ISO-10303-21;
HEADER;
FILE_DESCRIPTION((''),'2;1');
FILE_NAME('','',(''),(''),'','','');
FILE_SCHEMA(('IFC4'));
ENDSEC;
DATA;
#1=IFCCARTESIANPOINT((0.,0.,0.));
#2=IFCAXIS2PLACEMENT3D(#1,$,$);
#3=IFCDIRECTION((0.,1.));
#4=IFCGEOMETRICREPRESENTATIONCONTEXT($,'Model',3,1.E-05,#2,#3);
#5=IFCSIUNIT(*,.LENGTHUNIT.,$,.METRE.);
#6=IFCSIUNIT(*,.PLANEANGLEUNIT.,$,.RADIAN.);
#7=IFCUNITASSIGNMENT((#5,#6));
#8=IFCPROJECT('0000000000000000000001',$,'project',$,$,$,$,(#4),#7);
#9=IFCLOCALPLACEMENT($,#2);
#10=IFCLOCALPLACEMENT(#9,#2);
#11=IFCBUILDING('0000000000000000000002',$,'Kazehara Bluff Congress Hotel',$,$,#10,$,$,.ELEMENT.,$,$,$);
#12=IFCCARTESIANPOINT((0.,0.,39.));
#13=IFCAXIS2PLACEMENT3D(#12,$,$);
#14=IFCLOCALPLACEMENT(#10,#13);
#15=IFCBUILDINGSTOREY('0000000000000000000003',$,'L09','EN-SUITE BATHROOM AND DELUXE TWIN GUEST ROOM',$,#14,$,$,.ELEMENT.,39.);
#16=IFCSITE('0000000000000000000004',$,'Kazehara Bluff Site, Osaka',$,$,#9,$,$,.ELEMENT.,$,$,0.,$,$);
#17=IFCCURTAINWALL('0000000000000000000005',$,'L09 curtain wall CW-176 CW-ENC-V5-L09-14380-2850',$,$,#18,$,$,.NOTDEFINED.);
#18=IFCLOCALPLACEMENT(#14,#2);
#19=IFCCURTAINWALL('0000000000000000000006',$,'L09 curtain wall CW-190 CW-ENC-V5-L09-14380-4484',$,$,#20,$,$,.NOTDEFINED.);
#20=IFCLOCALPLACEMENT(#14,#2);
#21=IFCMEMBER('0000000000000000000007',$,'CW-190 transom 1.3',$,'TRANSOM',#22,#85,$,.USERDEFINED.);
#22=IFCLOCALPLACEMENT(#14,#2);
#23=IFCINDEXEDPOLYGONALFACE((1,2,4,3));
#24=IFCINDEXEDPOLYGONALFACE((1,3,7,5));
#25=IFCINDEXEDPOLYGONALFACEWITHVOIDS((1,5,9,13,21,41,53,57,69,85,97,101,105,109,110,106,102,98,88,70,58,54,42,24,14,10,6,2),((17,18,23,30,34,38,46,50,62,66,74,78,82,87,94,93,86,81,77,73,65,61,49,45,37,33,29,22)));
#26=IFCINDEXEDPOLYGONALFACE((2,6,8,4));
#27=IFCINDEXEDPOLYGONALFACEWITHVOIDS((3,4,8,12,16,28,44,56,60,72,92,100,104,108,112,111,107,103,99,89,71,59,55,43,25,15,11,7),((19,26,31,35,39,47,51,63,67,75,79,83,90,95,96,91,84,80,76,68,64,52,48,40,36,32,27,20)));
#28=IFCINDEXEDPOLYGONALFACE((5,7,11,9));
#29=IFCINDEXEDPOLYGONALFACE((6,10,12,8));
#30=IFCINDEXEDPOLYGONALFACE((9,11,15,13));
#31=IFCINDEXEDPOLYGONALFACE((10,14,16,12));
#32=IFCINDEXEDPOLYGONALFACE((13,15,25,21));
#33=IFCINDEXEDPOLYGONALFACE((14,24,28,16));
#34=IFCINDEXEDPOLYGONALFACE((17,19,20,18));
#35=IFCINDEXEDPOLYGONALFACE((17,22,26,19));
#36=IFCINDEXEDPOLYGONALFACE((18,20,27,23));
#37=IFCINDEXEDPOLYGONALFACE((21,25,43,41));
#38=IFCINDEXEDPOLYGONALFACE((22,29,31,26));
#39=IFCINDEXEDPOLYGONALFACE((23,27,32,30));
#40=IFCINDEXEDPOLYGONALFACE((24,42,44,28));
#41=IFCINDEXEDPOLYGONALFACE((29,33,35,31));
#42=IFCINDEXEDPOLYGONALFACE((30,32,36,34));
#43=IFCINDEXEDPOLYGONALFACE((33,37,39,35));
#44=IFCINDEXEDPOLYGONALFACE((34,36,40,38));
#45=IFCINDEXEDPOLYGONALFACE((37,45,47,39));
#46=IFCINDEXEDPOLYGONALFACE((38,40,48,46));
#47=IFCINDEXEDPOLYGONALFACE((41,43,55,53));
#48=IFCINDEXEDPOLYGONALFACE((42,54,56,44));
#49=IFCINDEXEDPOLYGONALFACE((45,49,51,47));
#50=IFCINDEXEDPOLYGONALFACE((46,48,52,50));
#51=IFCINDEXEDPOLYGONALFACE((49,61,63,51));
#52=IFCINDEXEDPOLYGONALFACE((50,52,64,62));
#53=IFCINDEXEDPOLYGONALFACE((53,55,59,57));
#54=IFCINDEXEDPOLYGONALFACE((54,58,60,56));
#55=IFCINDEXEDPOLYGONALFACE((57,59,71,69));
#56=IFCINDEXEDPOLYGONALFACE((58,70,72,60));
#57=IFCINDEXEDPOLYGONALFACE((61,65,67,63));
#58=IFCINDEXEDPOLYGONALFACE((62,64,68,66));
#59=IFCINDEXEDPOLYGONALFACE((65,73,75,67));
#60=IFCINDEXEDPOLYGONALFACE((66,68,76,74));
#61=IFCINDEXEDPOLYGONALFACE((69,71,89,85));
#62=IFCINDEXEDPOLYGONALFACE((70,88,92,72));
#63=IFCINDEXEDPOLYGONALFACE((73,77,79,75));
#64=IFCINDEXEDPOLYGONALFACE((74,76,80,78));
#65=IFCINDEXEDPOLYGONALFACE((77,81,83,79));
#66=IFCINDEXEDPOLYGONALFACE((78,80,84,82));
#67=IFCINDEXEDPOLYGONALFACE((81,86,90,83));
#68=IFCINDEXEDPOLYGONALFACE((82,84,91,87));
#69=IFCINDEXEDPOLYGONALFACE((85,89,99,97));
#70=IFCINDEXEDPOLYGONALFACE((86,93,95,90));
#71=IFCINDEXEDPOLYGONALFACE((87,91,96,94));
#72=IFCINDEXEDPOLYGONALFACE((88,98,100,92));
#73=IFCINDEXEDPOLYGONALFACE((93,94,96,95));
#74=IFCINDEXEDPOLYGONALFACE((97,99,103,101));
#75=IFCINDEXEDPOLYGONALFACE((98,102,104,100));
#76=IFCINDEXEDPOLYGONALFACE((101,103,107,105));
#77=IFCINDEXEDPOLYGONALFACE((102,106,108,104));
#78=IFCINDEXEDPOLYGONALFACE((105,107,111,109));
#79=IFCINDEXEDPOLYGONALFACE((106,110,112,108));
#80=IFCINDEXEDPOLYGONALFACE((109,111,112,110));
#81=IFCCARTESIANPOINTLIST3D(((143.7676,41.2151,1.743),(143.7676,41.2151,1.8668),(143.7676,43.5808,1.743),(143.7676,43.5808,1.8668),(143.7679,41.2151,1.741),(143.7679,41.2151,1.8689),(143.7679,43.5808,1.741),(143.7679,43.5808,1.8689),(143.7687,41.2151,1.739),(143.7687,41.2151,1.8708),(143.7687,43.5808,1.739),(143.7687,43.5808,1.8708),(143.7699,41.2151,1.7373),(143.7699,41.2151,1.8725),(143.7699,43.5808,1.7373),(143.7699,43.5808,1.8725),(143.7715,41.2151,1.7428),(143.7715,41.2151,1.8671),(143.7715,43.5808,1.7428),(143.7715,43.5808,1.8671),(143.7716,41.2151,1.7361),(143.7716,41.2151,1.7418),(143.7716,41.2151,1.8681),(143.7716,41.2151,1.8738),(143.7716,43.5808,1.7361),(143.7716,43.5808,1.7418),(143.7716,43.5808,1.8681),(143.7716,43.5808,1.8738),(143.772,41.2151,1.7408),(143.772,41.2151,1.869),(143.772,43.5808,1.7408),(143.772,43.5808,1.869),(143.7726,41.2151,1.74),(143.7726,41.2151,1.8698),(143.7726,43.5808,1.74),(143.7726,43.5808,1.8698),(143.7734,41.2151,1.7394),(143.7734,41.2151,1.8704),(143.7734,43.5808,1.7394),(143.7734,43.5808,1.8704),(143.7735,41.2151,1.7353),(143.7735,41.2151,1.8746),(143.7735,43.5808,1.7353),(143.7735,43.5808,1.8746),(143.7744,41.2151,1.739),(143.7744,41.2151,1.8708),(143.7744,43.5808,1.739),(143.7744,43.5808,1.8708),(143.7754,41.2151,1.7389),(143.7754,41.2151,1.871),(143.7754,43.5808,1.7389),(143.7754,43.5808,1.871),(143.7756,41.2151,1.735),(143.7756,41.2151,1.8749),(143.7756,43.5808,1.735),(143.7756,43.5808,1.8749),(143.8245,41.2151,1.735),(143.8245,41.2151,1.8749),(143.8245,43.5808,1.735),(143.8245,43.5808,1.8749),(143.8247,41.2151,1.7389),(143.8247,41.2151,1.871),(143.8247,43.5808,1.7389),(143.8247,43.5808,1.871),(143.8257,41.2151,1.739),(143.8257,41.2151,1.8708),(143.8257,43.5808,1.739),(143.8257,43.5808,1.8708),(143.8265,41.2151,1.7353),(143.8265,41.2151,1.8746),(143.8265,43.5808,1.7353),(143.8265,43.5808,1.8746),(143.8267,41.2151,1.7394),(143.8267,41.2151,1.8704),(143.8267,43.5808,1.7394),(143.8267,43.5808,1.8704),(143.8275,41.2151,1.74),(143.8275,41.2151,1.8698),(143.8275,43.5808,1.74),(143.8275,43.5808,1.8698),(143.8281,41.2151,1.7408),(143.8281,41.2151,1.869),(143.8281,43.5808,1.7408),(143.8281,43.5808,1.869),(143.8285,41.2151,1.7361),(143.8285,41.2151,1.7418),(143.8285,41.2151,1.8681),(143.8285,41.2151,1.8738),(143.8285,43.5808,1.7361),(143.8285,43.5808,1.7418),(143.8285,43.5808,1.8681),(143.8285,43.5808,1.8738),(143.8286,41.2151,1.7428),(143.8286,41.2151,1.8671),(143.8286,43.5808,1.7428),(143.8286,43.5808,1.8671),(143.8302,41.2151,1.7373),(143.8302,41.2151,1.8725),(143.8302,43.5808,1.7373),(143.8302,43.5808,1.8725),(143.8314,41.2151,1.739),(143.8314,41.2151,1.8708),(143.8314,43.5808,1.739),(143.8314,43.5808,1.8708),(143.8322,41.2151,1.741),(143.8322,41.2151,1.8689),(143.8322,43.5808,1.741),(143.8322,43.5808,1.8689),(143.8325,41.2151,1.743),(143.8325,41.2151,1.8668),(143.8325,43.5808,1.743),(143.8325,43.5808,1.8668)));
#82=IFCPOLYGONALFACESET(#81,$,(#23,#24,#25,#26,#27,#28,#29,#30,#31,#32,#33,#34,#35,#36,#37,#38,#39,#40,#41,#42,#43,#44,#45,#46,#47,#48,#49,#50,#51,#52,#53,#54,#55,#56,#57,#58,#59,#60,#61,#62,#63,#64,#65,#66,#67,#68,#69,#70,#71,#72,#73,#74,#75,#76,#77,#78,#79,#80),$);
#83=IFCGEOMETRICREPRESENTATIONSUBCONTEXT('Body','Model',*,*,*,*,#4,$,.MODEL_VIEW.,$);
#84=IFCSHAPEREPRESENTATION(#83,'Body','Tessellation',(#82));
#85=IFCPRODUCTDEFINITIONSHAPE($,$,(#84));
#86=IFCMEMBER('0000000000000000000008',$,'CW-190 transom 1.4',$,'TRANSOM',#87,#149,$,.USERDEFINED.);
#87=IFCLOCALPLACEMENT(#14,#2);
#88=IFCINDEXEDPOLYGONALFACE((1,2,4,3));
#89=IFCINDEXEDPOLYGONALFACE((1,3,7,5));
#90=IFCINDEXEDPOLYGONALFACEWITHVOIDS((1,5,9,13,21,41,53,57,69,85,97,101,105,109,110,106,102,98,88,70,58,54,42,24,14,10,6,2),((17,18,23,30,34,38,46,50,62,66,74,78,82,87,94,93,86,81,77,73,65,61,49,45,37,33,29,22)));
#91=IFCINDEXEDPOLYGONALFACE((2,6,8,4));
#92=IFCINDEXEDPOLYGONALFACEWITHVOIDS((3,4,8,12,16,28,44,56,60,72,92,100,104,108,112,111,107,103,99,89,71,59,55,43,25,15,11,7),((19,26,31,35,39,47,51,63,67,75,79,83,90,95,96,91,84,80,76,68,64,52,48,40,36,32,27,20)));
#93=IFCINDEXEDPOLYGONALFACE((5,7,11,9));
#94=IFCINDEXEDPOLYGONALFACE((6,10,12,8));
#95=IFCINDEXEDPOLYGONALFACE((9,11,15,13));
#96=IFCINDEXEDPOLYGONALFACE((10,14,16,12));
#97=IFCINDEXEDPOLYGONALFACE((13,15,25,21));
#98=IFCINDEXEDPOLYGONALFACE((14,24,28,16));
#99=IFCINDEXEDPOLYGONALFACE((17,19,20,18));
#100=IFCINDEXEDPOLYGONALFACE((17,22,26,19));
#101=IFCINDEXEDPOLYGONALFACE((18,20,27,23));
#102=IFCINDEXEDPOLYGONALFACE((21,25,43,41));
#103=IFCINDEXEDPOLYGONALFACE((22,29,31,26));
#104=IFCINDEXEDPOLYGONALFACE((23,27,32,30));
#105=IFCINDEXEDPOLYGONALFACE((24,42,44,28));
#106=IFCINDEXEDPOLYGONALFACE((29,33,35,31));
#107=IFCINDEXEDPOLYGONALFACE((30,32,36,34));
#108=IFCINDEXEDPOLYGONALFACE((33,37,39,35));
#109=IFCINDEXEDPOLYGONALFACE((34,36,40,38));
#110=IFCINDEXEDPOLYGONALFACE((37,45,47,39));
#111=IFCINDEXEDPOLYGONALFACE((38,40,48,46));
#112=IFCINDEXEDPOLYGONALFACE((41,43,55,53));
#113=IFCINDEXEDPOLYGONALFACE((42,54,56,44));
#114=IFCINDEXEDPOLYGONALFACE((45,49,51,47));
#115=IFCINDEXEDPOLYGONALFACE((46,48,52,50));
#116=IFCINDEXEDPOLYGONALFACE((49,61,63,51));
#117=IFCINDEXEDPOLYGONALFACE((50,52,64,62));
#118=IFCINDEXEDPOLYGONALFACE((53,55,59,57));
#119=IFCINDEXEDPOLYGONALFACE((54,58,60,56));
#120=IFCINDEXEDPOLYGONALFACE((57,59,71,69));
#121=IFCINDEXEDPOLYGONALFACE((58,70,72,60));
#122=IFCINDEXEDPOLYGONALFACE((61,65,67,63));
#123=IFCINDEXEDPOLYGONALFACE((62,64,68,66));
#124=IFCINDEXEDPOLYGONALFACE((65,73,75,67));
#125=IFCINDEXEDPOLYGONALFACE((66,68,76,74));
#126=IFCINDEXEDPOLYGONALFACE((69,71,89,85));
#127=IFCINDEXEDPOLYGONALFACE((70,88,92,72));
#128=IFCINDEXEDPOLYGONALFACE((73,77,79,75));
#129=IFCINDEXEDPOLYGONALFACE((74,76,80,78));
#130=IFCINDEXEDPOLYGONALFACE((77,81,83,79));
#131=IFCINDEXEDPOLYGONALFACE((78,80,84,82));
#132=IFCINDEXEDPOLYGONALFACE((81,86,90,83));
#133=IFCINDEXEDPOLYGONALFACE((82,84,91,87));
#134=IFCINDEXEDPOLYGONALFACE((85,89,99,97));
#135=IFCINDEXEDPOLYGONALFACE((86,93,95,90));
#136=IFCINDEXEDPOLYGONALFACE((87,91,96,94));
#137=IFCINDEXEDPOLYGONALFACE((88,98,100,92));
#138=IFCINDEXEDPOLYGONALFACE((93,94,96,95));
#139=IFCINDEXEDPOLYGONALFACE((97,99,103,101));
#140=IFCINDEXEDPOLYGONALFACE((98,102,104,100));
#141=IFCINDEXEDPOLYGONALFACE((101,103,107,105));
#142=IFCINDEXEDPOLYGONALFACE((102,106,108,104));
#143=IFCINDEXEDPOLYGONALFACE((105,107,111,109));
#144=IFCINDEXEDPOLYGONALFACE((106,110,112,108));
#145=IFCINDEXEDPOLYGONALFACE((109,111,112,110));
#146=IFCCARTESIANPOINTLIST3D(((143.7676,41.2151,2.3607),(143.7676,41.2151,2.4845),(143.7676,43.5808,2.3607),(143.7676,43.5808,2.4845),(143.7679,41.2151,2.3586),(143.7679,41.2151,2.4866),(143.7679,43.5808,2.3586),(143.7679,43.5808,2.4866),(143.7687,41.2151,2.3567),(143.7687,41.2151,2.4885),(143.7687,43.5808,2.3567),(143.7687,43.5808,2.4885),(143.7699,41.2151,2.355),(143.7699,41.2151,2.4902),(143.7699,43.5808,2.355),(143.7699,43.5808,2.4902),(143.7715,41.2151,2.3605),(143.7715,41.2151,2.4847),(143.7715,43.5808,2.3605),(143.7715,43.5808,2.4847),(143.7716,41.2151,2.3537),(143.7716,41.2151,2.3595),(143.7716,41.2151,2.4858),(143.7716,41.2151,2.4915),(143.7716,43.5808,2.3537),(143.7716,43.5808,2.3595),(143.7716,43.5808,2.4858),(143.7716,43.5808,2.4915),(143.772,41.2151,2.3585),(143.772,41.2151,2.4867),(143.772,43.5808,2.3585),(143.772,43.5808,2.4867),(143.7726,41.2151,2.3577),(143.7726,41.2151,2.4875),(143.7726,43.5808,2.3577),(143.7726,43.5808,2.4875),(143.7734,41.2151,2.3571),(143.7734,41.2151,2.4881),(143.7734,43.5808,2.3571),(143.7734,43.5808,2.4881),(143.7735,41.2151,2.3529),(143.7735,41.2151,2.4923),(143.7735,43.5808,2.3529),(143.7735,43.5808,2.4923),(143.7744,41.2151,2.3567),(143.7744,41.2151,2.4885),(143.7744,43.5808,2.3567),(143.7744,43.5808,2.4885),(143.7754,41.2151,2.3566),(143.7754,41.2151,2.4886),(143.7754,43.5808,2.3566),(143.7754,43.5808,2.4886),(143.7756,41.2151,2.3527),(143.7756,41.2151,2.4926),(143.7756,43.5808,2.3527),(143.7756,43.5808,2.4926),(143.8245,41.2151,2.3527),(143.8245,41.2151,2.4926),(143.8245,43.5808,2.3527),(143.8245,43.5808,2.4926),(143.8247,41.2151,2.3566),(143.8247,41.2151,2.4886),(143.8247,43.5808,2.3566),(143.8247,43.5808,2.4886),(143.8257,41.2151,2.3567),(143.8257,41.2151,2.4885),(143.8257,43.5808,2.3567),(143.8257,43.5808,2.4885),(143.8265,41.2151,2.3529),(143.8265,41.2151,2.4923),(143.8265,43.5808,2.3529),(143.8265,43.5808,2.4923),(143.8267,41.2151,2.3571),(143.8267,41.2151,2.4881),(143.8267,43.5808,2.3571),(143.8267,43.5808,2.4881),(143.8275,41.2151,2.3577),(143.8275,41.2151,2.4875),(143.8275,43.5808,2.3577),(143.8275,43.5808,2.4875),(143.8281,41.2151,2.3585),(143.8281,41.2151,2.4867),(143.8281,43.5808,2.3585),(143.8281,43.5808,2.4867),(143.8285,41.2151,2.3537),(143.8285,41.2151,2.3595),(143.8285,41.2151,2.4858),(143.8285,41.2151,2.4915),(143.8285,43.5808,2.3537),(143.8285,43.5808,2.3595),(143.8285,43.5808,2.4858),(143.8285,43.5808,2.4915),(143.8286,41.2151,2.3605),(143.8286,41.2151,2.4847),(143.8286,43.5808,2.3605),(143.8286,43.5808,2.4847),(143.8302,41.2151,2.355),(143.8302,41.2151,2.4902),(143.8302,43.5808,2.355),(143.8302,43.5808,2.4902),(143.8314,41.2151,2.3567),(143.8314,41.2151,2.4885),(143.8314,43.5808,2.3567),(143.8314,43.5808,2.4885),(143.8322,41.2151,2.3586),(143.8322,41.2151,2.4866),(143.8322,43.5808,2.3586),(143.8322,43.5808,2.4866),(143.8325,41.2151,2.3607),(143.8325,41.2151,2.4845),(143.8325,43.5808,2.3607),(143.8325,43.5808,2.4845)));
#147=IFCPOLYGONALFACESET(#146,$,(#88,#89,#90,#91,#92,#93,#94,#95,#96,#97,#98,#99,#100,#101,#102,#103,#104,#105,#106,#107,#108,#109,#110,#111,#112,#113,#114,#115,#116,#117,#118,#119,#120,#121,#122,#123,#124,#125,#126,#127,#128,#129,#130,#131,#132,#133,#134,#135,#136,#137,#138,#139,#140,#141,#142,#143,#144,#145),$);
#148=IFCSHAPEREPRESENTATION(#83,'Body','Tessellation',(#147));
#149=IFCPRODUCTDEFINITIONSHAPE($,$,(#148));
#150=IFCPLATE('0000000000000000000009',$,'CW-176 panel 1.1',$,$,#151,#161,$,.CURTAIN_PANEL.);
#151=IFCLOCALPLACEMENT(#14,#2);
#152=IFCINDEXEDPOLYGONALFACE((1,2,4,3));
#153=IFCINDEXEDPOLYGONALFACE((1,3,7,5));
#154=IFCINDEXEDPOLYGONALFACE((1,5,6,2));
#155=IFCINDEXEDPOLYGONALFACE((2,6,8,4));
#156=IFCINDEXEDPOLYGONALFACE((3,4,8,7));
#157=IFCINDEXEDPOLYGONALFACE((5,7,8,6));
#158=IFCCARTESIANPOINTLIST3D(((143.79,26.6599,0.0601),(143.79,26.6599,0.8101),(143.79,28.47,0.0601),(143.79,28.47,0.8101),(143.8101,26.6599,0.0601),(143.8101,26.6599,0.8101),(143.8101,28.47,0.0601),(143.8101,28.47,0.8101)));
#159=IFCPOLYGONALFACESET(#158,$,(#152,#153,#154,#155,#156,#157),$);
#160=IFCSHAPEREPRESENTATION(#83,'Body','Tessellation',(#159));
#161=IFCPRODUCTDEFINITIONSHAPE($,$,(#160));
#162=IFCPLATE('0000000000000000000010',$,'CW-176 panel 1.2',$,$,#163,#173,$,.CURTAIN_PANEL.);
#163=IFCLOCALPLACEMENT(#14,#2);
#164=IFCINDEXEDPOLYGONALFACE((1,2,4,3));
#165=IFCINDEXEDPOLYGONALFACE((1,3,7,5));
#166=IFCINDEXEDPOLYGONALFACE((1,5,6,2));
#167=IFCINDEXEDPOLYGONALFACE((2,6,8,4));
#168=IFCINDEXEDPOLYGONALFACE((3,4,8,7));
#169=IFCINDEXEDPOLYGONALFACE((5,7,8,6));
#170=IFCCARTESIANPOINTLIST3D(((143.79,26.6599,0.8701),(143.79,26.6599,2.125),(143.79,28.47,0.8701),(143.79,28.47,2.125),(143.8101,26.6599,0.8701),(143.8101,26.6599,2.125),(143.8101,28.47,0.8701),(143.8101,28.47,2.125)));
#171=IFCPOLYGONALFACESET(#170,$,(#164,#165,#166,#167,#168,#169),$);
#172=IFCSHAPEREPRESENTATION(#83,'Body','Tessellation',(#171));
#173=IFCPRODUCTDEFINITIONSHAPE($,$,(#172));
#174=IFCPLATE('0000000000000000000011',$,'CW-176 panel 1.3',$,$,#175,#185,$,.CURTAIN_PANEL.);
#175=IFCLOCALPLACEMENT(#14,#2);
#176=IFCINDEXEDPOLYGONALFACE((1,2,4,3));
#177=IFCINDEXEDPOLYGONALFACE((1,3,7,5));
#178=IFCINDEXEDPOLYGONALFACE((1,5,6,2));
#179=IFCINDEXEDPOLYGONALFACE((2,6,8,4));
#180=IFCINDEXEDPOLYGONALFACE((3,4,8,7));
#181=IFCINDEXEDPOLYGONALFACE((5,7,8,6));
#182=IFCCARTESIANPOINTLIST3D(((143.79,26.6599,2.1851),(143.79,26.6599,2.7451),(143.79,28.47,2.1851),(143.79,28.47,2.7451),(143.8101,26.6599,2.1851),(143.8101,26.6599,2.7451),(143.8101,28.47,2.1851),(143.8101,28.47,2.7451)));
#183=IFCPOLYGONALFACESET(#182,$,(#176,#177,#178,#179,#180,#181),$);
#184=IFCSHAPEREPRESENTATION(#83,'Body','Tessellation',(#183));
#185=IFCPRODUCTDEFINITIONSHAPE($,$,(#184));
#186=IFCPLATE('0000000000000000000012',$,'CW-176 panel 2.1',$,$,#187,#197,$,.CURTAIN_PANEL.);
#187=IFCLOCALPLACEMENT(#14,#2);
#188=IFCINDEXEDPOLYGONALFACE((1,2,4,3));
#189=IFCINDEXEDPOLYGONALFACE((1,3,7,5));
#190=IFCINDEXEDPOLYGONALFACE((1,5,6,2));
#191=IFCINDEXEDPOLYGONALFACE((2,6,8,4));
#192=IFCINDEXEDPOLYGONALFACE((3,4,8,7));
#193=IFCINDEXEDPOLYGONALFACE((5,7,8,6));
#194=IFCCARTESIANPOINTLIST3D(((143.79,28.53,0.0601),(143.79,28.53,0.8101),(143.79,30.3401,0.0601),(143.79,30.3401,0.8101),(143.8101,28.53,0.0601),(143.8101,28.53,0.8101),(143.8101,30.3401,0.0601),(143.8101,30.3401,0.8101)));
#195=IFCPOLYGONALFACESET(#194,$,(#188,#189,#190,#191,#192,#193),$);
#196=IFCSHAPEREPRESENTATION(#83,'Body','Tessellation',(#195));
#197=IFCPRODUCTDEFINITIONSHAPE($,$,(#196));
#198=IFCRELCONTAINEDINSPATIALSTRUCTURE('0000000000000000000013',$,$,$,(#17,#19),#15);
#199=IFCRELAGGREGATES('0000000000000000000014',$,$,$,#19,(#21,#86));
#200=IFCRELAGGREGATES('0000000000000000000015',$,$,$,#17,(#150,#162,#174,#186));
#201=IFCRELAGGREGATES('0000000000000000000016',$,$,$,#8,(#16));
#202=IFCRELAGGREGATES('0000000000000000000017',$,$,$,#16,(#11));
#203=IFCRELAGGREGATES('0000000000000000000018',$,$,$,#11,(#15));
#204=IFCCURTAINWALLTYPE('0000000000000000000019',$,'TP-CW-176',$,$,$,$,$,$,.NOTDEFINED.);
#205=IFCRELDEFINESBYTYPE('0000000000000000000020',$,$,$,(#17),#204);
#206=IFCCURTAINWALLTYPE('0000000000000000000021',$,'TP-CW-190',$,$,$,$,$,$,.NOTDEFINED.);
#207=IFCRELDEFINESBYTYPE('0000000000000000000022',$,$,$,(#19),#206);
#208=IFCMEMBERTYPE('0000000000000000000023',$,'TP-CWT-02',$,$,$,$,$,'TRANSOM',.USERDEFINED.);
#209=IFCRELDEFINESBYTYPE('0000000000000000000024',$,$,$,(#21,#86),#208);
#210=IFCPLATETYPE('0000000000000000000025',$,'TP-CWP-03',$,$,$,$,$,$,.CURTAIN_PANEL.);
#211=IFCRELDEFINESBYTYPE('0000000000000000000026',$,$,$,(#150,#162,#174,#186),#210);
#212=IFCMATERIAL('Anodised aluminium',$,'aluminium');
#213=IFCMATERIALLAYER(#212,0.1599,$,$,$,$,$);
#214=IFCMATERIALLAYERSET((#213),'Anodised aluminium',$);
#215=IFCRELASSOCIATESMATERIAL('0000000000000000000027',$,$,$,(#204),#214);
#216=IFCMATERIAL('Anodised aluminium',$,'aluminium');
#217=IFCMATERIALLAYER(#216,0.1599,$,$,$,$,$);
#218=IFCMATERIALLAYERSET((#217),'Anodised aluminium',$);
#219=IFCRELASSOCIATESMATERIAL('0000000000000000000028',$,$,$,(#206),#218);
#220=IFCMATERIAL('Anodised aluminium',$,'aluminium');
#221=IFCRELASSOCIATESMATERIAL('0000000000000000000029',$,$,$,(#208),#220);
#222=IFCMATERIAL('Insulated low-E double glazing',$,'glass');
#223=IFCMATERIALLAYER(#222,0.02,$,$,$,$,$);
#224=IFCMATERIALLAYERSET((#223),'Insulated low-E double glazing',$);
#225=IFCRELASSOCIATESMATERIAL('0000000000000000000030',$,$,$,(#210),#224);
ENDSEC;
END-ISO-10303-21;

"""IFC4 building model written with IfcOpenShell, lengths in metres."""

from ifc_helpers import new_model, si_unit, direction, frame, origin, origin_2d, place, context, subcontext, project, spatial, rectangle, hollow_rectangle, extrude, material, layer, layer_set, material_profile, profile_set, type_object, element, aggregate, save


model = new_model("IFC4")

# Units and contexts
model_context = context("Model", 3, precision=1e-05, world=origin(), true_north=direction((0.0, 1.0)))
body_context = subcontext(model_context, "Body", "Model", "MODEL_VIEW")
ifc_project = project(units=[si_unit("LENGTHUNIT", "METRE"), si_unit("PLANEANGLEUNIT", "RADIAN")], contexts=[model_context])

# Site, building, storey
site_placement = place(None, origin())
site = spatial("IfcSite", under=ifc_project, at=site_placement, Name="Kazehara Bluff Site, Osaka", CompositionType="ELEMENT", RefElevation=0.0)
building_placement = place(site_placement, origin())
building = spatial("IfcBuilding", under=site, at=building_placement, Name="Kazehara Bluff Congress Hotel", CompositionType="ELEMENT")
storey_placement = place(building_placement, frame((0.0, 0.0, 39.0)))
storey = spatial("IfcBuildingStorey", under=building, at=storey_placement, Name="L09", Description="EN-SUITE BATHROOM AND DELUXE TWIN GUEST ROOM", CompositionType="ELEMENT", Elevation=39.0)

# Curtain walls
ifc_material_1 = material(Name="Anodised aluminium", Category="aluminium")
ifc_layer_1 = layer(ifc_material_1, 0.1599)
ifc_layer_set_1 = layer_set([ifc_layer_1], Name="Anodised aluminium")
curtain_wall_type_1 = type_object("IfcCurtainWallType", Name="TP-CW-176", PredefinedType="NOTDEFINED", material=ifc_layer_set_1)
curtain_wall_1_placement = place(storey_placement, origin())
curtain_wall_1 = element("IfcCurtainWall", 1, at=curtain_wall_1_placement, inside=storey, type_object=curtain_wall_type_1, Name="L09 curtain wall CW-176 CW-ENC-V5-L09-14380-2850", PredefinedType="NOTDEFINED")
ifc_material_2 = material(Name="Anodised aluminium", Category="aluminium")
ifc_layer_2 = layer(ifc_material_2, 0.1599)
ifc_layer_set_2 = layer_set([ifc_layer_2], Name="Anodised aluminium")
curtain_wall_type_2 = type_object("IfcCurtainWallType", Name="TP-CW-190", PredefinedType="NOTDEFINED", material=ifc_layer_set_2)
curtain_wall_2_placement = place(storey_placement, origin())
curtain_wall_2 = element("IfcCurtainWall", 2, at=curtain_wall_2_placement, inside=storey, type_object=curtain_wall_type_2, Name="L09 curtain wall CW-190 CW-ENC-V5-L09-14380-4484", PredefinedType="NOTDEFINED")

# Members
ifc_material_3 = material(Name="Anodised aluminium", Category="aluminium")
ifc_material_profile_1 = material_profile(ifc_material_3, hollow_rectangle(XDim=0.0649, YDim=0.1399, WallThickness=0.0039, InnerFilletRadius=0.0039, OuterFilletRadius=0.0081, at=origin_2d()))
ifc_profile_set_1 = profile_set([ifc_material_profile_1], Name="Anodised aluminium")
member_type_1 = type_object("IfcMemberType", Name="TP-CWT-02", ElementType="TRANSOM", PredefinedType="USERDEFINED", material=ifc_profile_set_1)
member_1_placement = place(storey_placement, frame((143.8, 41.2151, 1.8049), z_axis=(0.0, 1.0, 0.0), x_axis=(-1.0, 0.0, 0.0)))
member_1 = element("IfcMember", 3, at=member_1_placement, type_object=member_type_1, Name="CW-190 transom 1.3", ObjectType="TRANSOM", PredefinedType="USERDEFINED", context=body_context, shape_type="SweptSolid", body=[
    extrude(hollow_rectangle(XDim=0.0649, YDim=0.1399, WallThickness=0.0039, InnerFilletRadius=0.0039, OuterFilletRadius=0.0081, at=origin_2d()), origin(), (0.0, 0.0, 1.0), 2.3657),
])
member_2_placement = place(storey_placement, frame((143.8, 41.2151, 2.4226), z_axis=(0.0, 1.0, 0.0), x_axis=(-1.0, 0.0, 0.0)))
member_2 = element("IfcMember", 4, at=member_2_placement, type_object=member_type_1, Name="CW-190 transom 1.4", ObjectType="TRANSOM", PredefinedType="USERDEFINED", context=body_context, shape_type="SweptSolid", body=[
    extrude(hollow_rectangle(XDim=0.0649, YDim=0.1399, WallThickness=0.0039, InnerFilletRadius=0.0039, OuterFilletRadius=0.0081, at=origin_2d()), origin(), (0.0, 0.0, 1.0), 2.3657),
])
aggregate(curtain_wall_2, [member_1, member_2])

# Plates
ifc_material_4 = material(Name="Insulated low-E double glazing", Category="glass")
ifc_layer_3 = layer(ifc_material_4, 0.02)
ifc_layer_set_3 = layer_set([ifc_layer_3], Name="Insulated low-E double glazing")
plate_type = type_object("IfcPlateType", Name="TP-CWP-03", PredefinedType="CURTAIN_PANEL", material=ifc_layer_set_3)
plate_1_placement = place(storey_placement, frame((143.8, 27.5649, 0.0601), z_axis=(0.0, 0.0, 1.0), x_axis=(0.0, 1.0, 0.0)))
plate_1 = element("IfcPlate", 5, at=plate_1_placement, type_object=plate_type, Name="CW-176 panel 1.1", PredefinedType="CURTAIN_PANEL", context=body_context, shape_type="SweptSolid", body=[
    extrude(rectangle(XDim=1.8101, YDim=0.02, at=origin_2d()), origin(), (0.0, 0.0, 1.0), 0.75),
])
plate_2_placement = place(storey_placement, frame((143.8, 27.5649, 0.8701), z_axis=(0.0, 0.0, 1.0), x_axis=(0.0, 1.0, 0.0)))
plate_2 = element("IfcPlate", 6, at=plate_2_placement, type_object=plate_type, Name="CW-176 panel 1.2", PredefinedType="CURTAIN_PANEL", context=body_context, shape_type="SweptSolid", body=[
    extrude(rectangle(XDim=1.8101, YDim=0.02, at=origin_2d()), origin(), (0.0, 0.0, 1.0), 1.2549),
])
plate_3_placement = place(storey_placement, frame((143.8, 27.5649, 2.1851), z_axis=(0.0, 0.0, 1.0), x_axis=(0.0, 1.0, 0.0)))
plate_3 = element("IfcPlate", 7, at=plate_3_placement, type_object=plate_type, Name="CW-176 panel 1.3", PredefinedType="CURTAIN_PANEL", context=body_context, shape_type="SweptSolid", body=[
    extrude(rectangle(XDim=1.8101, YDim=0.02, at=origin_2d()), origin(), (0.0, 0.0, 1.0), 0.5601),
])
plate_4_placement = place(storey_placement, frame((143.8, 29.4351, 0.0601), z_axis=(0.0, 0.0, 1.0), x_axis=(0.0, 1.0, 0.0)))
plate_4 = element("IfcPlate", 8, at=plate_4_placement, type_object=plate_type, Name="CW-176 panel 2.1", PredefinedType="CURTAIN_PANEL", context=body_context, shape_type="SweptSolid", body=[
    extrude(rectangle(XDim=1.8101, YDim=0.02, at=origin_2d()), origin(), (0.0, 0.0, 1.0), 0.75),
])
aggregate(curtain_wall_1, [plate_1, plate_2, plate_3, plate_4])

save(model, "model.ifc")
